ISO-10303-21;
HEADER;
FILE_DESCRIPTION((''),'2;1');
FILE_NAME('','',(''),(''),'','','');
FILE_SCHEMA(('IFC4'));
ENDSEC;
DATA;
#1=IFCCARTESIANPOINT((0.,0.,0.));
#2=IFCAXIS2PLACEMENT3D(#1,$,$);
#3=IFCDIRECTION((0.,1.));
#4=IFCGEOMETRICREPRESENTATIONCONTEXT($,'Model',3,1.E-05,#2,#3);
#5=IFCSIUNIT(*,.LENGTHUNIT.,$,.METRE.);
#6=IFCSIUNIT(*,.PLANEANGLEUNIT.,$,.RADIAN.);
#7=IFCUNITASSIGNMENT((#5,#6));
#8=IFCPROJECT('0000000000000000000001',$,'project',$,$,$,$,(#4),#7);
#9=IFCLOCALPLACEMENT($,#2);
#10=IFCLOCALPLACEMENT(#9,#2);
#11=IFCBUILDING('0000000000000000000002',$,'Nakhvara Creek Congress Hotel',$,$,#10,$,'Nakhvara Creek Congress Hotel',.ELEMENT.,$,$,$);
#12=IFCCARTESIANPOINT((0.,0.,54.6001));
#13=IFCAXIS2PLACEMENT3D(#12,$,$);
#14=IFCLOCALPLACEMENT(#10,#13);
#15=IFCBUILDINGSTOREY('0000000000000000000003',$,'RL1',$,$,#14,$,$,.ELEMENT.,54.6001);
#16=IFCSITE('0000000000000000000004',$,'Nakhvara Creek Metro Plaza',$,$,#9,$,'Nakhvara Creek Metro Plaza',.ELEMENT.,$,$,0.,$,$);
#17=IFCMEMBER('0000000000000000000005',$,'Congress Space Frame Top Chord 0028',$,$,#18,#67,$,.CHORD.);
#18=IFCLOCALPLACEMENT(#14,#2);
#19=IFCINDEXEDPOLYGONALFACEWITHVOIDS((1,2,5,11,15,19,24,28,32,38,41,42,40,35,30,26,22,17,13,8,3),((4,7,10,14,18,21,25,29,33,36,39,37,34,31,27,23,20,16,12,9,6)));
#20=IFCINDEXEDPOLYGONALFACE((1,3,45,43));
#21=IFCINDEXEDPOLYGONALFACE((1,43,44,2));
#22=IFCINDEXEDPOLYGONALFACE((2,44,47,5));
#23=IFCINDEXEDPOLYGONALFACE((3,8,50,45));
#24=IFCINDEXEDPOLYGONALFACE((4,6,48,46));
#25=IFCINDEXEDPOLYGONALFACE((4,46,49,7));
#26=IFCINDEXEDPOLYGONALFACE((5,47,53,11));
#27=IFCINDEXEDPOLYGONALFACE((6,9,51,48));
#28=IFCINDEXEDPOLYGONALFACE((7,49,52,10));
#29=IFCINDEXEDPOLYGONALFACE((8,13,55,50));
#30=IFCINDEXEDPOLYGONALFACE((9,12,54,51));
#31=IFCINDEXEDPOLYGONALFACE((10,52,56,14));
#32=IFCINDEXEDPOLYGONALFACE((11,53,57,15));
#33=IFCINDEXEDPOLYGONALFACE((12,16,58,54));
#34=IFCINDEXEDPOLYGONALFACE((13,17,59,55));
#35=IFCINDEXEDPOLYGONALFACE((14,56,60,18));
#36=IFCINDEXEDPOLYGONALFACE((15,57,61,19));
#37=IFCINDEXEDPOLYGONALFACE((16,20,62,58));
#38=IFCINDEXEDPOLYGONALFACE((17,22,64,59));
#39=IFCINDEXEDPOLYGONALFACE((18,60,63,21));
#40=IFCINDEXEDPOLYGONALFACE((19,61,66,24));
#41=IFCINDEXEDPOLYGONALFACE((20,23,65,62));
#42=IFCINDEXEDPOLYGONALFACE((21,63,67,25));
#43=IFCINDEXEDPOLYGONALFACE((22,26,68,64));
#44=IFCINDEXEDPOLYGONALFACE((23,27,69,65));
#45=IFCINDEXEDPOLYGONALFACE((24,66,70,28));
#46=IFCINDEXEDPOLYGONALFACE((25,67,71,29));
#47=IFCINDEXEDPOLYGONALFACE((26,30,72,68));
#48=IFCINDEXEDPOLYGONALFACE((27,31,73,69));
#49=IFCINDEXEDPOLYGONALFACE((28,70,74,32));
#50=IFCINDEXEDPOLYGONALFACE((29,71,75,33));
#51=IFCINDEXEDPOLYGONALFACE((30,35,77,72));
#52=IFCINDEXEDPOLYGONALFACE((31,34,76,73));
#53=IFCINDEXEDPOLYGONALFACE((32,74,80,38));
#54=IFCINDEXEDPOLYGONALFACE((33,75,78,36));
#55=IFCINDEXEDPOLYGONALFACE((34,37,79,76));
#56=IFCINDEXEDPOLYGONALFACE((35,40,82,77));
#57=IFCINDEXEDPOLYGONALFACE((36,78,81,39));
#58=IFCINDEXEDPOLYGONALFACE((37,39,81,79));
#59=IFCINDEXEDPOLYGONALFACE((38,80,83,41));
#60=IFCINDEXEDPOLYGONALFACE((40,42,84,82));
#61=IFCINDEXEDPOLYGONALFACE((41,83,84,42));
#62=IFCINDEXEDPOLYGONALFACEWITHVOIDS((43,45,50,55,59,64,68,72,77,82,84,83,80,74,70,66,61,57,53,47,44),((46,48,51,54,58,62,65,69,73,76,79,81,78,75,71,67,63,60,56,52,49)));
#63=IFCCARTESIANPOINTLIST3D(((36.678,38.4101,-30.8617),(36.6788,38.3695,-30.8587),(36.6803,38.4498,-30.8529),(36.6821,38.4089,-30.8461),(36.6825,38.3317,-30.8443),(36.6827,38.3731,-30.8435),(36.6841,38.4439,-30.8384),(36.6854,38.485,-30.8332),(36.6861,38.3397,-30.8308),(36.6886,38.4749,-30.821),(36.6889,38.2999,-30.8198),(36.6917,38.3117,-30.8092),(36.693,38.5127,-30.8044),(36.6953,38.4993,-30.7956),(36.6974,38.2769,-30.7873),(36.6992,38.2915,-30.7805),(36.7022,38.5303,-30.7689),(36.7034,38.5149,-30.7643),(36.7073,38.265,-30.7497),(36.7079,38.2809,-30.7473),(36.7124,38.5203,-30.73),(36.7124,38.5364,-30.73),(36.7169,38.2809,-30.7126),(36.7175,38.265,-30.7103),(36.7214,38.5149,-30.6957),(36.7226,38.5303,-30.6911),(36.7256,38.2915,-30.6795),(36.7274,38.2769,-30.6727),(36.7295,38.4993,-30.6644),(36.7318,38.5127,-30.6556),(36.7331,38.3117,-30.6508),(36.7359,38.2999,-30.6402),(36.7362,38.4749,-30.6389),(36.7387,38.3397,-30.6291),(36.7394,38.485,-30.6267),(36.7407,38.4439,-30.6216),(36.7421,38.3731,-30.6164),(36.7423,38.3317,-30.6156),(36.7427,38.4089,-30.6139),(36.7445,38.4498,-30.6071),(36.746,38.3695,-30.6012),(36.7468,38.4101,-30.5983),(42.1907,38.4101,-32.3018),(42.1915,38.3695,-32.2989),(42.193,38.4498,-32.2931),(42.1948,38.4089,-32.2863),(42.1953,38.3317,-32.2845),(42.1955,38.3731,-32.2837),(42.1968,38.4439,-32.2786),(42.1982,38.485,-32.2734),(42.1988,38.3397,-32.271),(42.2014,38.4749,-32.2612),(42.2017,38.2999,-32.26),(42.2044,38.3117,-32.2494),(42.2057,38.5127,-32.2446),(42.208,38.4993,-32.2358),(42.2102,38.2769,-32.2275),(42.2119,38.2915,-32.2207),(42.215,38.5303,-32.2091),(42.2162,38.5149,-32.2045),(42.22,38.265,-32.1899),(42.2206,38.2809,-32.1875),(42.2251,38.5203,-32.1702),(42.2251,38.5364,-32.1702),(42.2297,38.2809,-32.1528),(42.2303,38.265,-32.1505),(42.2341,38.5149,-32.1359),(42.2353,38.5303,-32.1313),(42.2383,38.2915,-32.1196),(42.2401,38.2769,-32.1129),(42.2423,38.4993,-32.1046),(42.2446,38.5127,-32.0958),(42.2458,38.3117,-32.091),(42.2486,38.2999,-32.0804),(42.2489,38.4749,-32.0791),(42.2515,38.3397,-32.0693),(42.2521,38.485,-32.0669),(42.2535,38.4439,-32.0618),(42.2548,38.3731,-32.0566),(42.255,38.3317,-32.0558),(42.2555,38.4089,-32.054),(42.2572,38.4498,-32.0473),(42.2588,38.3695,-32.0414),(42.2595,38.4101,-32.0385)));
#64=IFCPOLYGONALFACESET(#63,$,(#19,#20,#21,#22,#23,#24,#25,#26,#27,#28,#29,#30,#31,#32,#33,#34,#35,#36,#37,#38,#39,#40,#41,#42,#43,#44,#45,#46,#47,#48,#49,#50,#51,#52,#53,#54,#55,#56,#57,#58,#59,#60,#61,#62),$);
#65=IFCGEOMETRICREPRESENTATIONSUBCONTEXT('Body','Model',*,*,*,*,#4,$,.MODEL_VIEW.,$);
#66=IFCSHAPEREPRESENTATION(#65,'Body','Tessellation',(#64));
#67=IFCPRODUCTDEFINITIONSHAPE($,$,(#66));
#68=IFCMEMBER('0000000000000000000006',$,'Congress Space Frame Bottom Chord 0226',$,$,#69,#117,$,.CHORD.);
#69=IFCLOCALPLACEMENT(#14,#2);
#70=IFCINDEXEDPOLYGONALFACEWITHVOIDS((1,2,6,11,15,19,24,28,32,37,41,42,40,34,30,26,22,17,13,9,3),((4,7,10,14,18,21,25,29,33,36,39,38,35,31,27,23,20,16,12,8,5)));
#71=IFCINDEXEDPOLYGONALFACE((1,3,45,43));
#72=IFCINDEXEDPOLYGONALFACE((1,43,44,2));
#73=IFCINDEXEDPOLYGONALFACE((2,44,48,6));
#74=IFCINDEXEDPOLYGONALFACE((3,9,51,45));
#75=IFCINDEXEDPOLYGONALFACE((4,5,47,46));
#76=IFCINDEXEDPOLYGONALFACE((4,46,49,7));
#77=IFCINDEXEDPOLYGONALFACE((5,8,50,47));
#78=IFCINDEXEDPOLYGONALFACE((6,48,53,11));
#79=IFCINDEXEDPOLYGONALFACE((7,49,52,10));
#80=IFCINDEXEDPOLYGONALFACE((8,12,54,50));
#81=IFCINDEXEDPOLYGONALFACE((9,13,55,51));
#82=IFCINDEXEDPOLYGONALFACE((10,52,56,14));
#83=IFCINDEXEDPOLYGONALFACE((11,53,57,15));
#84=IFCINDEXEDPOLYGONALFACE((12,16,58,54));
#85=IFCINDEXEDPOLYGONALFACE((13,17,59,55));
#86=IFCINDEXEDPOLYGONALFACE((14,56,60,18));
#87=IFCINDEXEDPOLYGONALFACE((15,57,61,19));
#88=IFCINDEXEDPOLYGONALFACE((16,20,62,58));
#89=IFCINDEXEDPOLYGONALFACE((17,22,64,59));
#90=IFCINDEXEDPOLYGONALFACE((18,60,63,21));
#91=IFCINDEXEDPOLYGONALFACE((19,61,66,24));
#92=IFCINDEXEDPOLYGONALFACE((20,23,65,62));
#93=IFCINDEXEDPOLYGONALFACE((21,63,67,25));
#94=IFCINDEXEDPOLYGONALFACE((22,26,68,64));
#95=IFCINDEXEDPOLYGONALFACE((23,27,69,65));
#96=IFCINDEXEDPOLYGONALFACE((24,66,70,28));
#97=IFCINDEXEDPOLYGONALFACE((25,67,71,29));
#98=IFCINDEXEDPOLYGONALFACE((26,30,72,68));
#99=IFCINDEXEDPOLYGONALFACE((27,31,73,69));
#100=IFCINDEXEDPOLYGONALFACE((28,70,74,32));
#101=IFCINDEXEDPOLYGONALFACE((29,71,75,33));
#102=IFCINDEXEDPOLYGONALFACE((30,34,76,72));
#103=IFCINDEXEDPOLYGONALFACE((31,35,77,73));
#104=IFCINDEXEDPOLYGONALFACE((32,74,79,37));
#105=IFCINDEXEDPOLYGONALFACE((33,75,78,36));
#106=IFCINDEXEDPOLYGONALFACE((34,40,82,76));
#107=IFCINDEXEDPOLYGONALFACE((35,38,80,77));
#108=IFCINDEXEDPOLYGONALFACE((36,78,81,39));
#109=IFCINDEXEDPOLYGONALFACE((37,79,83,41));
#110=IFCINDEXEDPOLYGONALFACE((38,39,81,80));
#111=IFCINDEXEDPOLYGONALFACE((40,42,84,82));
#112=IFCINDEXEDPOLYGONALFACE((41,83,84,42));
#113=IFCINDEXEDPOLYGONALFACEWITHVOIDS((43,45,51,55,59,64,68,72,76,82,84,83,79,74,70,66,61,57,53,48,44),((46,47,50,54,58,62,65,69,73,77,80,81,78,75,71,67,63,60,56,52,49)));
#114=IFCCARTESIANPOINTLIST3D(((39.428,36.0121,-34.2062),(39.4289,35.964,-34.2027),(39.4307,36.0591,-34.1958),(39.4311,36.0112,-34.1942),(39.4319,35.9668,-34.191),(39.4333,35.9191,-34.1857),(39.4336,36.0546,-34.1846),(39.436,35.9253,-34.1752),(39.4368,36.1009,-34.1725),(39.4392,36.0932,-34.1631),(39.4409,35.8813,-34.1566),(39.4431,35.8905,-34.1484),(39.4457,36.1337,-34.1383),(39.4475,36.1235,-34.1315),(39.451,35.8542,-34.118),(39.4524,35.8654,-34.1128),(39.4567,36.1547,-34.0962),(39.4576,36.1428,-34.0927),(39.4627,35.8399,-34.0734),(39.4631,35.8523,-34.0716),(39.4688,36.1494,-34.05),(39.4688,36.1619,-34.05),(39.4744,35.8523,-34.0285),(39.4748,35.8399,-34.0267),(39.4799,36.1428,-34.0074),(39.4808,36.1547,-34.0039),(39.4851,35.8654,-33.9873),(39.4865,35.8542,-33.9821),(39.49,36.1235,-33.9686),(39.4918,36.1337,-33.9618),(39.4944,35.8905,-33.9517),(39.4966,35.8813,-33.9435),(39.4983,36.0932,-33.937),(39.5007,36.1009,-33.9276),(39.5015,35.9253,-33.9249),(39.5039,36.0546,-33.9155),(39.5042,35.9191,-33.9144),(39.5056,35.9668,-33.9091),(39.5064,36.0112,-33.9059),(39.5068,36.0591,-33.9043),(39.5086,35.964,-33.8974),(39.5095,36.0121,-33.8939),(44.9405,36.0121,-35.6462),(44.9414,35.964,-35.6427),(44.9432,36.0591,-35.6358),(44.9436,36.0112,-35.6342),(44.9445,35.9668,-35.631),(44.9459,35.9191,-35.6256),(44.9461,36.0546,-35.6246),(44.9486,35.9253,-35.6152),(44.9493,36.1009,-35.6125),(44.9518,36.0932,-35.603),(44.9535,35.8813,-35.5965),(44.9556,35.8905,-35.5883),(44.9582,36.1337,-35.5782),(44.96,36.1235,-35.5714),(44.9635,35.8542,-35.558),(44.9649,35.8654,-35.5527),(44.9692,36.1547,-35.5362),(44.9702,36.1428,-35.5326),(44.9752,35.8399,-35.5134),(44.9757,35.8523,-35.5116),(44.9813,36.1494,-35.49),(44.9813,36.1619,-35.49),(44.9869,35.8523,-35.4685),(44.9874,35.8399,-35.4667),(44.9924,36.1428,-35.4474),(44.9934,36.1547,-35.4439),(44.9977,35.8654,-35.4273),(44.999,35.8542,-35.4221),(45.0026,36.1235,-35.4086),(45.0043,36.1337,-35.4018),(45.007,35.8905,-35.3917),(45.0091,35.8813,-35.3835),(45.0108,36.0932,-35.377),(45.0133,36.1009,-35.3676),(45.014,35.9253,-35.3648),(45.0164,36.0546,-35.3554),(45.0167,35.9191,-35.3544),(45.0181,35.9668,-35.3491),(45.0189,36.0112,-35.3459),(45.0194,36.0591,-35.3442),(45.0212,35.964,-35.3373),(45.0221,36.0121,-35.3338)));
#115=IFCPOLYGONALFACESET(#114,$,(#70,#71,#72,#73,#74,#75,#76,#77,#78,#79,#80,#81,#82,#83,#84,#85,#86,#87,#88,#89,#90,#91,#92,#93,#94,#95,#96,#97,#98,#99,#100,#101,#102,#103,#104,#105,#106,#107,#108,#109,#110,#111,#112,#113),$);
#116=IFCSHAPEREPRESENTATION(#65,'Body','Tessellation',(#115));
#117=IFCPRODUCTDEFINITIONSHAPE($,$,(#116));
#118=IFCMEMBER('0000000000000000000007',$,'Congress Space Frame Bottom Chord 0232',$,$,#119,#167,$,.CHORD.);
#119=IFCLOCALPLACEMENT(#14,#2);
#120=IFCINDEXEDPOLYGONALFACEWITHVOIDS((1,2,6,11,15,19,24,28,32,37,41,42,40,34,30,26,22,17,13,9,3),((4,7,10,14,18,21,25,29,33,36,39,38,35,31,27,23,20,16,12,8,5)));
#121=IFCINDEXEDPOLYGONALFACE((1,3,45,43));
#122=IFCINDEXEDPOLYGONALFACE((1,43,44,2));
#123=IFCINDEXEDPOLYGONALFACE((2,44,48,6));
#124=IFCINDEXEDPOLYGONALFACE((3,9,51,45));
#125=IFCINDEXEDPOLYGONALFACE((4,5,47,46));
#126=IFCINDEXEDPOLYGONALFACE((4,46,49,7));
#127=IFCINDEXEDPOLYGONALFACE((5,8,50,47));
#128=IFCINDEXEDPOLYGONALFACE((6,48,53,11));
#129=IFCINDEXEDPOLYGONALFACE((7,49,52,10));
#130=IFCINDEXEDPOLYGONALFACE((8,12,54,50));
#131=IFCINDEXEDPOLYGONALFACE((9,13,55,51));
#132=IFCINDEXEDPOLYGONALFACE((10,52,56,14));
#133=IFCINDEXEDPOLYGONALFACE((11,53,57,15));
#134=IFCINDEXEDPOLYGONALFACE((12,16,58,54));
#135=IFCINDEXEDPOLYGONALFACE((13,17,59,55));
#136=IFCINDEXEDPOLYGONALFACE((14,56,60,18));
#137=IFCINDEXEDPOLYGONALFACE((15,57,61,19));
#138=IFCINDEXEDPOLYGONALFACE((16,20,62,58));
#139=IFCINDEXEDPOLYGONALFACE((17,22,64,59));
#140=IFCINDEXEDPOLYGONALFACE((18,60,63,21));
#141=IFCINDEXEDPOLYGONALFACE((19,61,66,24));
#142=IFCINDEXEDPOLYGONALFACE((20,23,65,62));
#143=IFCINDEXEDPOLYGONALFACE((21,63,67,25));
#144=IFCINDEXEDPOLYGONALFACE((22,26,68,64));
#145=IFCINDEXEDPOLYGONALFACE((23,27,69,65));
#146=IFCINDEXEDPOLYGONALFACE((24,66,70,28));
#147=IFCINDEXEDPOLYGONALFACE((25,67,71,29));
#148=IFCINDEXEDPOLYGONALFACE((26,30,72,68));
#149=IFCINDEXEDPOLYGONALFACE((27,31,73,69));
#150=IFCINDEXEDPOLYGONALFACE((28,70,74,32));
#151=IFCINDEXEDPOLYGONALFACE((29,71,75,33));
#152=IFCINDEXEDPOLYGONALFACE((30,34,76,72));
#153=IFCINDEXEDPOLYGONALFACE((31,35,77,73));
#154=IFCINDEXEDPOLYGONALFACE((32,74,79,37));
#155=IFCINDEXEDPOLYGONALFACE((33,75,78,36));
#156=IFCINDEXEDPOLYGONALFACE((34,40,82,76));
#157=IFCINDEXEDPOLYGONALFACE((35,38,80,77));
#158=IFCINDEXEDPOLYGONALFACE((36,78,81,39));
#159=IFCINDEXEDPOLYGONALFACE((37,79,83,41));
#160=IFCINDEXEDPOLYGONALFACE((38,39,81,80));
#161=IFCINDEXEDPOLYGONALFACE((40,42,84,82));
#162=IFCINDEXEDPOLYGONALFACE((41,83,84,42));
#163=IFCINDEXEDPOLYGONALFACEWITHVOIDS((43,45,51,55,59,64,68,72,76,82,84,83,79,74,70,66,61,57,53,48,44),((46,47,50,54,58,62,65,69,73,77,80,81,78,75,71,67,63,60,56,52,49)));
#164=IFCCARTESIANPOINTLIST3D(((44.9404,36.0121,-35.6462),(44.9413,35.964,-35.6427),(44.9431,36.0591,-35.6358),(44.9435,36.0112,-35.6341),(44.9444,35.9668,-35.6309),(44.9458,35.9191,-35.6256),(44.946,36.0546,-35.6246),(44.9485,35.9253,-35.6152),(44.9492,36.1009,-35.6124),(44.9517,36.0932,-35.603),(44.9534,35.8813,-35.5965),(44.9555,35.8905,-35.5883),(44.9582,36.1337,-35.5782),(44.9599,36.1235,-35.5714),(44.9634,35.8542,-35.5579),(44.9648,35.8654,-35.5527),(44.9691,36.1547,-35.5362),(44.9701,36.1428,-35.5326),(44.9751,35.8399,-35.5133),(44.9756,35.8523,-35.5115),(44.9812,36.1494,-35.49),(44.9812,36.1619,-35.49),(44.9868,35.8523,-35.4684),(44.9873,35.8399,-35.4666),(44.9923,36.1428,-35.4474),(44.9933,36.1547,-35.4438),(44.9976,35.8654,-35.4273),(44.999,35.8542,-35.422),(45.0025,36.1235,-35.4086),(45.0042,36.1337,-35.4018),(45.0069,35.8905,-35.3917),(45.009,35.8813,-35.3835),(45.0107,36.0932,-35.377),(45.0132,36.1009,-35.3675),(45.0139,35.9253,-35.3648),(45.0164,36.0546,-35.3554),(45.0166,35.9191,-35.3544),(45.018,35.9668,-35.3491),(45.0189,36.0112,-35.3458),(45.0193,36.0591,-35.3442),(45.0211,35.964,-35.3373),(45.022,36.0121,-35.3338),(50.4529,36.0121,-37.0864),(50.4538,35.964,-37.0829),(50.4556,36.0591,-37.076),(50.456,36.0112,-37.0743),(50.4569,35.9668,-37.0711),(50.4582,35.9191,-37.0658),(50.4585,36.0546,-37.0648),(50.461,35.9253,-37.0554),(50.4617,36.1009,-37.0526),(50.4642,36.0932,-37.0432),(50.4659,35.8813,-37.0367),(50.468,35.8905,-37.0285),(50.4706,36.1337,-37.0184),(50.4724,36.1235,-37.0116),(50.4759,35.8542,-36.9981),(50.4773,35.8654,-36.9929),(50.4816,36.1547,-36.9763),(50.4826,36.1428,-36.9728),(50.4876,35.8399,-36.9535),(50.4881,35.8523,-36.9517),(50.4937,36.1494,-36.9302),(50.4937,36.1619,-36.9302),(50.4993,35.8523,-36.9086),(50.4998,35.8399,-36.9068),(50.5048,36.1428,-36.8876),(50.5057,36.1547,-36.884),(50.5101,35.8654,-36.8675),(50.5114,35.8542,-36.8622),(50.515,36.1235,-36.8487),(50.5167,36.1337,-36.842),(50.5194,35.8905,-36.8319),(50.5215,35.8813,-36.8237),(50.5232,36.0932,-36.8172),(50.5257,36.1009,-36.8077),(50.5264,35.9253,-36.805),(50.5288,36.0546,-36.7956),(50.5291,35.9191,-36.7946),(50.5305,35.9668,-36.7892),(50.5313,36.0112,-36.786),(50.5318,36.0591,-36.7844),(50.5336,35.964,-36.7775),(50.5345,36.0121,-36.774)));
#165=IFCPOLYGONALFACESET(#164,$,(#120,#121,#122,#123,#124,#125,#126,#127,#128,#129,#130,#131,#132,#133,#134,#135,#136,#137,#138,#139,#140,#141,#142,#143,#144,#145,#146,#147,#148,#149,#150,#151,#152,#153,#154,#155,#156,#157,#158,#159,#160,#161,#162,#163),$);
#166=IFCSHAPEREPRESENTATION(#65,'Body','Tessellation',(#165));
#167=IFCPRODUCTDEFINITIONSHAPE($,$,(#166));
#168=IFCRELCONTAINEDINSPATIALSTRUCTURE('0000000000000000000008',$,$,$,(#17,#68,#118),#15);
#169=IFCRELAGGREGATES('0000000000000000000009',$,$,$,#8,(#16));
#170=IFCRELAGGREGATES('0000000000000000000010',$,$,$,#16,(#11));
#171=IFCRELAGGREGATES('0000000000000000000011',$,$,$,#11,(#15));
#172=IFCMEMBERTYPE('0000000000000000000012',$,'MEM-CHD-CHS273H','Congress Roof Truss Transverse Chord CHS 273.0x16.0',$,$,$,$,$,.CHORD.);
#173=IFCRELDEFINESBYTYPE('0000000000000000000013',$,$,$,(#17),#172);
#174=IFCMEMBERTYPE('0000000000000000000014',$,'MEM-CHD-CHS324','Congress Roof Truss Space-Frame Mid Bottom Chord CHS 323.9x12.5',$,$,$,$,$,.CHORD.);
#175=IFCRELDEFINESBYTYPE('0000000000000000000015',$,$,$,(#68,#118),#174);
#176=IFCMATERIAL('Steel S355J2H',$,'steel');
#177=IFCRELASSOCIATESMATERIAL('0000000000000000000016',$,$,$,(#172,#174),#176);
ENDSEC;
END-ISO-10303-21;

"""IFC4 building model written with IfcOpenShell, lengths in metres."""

from ifc_helpers import new_model, si_unit, direction, frame, origin, origin_2d, place, context, subcontext, project, spatial, hollow_circle, extrude, material, material_profile, profile_set, type_object, element, save


model = new_model("IFC4")

# Units and contexts
model_context = context("Model", 3, precision=1e-05, world=origin(), true_north=direction((0.0, 1.0)))
body_context = subcontext(model_context, "Body", "Model", "MODEL_VIEW")
ifc_project = project(units=[si_unit("LENGTHUNIT", "METRE"), si_unit("PLANEANGLEUNIT", "RADIAN")], contexts=[model_context])

# Site, building, storey
site_placement = place(None, origin())
site = spatial("IfcSite", under=ifc_project, at=site_placement, Name="Nakhvara Creek Metro Plaza", LongName="Nakhvara Creek Metro Plaza", CompositionType="ELEMENT", RefElevation=0.0)
building_placement = place(site_placement, origin())
building = spatial("IfcBuilding", under=site, at=building_placement, Name="Nakhvara Creek Congress Hotel", LongName="Nakhvara Creek Congress Hotel", CompositionType="ELEMENT")
storey_placement = place(building_placement, frame((0.0, 0.0, 54.6001)))
storey = spatial("IfcBuildingStorey", under=building, at=storey_placement, Name="RL1", CompositionType="ELEMENT", Elevation=54.6001)

# Members
ifc_material_1 = material(Name="Steel S355J2H", Category="steel")
ifc_material_profile_1 = material_profile(ifc_material_1, hollow_circle(Radius=0.1365, WallThickness=0.0161, at=origin_2d()), Name="CHS 273.0x16.0", Category="LoadBearing")
ifc_profile_set_1 = profile_set([ifc_material_profile_1], Name="Steel S355J2H")
member_type_1 = type_object("IfcMemberType", Name="MEM-CHD-CHS273H", Description="Congress Roof Truss Transverse Chord CHS 273.0x16.0", PredefinedType="CHORD", material=ifc_profile_set_1)
member_1_placement = place(storey_placement, frame((36.7124, 38.3999, -30.73), z_axis=(0.967528, 0.0, -0.252766), x_axis=(0.0, 1.0, 0.0)))
element("IfcMember", 1, at=member_1_placement, inside=storey, type_object=member_type_1, Name="Congress Space Frame Top Chord 0028", PredefinedType="CHORD", context=body_context, shape_type="SweptSolid", body=[
    extrude(hollow_circle(Radius=0.1365, WallThickness=0.0161, at=origin_2d()), origin(), (0.0, 0.0, 1.0), 5.6978),
])
ifc_material_profile_2 = material_profile(ifc_material_1, hollow_circle(Radius=0.1619, WallThickness=0.0125, at=origin_2d()), Name="CHS 323.9x12.5", Category="LoadBearing")
ifc_profile_set_2 = profile_set([ifc_material_profile_2], Name="Steel S355J2H")
member_type_2 = type_object("IfcMemberType", Name="MEM-CHD-CHS324", Description="Congress Roof Truss Space-Frame Mid Bottom Chord CHS 323.9x12.5", PredefinedType="CHORD", material=ifc_profile_set_2)
for number, where, z_axis, x_axis, name in (
    (2, (39.4688, 36.0, -34.05), (0.967535, 0.0, -0.252736), (0.0, 1.0, 0.0), "Congress Space Frame Bottom Chord 0226"),
    (3, (44.9812, 36.0, -35.49), (0.967525, 0.0, -0.252776), (0.0, 1.0, 0.0), "Congress Space Frame Bottom Chord 0232"),
):
    element("IfcMember", number, at=place(storey_placement, frame(where, z_axis=z_axis, x_axis=x_axis)), inside=storey, type_object=member_type_2, Name=name, PredefinedType="CHORD", context=body_context, shape_type="SweptSolid", body=[
        extrude(hollow_circle(Radius=0.1619, WallThickness=0.0125, at=origin_2d()), origin(), (0.0, 0.0, 1.0), 5.6975),
    ])

save(model, "model.ifc")
